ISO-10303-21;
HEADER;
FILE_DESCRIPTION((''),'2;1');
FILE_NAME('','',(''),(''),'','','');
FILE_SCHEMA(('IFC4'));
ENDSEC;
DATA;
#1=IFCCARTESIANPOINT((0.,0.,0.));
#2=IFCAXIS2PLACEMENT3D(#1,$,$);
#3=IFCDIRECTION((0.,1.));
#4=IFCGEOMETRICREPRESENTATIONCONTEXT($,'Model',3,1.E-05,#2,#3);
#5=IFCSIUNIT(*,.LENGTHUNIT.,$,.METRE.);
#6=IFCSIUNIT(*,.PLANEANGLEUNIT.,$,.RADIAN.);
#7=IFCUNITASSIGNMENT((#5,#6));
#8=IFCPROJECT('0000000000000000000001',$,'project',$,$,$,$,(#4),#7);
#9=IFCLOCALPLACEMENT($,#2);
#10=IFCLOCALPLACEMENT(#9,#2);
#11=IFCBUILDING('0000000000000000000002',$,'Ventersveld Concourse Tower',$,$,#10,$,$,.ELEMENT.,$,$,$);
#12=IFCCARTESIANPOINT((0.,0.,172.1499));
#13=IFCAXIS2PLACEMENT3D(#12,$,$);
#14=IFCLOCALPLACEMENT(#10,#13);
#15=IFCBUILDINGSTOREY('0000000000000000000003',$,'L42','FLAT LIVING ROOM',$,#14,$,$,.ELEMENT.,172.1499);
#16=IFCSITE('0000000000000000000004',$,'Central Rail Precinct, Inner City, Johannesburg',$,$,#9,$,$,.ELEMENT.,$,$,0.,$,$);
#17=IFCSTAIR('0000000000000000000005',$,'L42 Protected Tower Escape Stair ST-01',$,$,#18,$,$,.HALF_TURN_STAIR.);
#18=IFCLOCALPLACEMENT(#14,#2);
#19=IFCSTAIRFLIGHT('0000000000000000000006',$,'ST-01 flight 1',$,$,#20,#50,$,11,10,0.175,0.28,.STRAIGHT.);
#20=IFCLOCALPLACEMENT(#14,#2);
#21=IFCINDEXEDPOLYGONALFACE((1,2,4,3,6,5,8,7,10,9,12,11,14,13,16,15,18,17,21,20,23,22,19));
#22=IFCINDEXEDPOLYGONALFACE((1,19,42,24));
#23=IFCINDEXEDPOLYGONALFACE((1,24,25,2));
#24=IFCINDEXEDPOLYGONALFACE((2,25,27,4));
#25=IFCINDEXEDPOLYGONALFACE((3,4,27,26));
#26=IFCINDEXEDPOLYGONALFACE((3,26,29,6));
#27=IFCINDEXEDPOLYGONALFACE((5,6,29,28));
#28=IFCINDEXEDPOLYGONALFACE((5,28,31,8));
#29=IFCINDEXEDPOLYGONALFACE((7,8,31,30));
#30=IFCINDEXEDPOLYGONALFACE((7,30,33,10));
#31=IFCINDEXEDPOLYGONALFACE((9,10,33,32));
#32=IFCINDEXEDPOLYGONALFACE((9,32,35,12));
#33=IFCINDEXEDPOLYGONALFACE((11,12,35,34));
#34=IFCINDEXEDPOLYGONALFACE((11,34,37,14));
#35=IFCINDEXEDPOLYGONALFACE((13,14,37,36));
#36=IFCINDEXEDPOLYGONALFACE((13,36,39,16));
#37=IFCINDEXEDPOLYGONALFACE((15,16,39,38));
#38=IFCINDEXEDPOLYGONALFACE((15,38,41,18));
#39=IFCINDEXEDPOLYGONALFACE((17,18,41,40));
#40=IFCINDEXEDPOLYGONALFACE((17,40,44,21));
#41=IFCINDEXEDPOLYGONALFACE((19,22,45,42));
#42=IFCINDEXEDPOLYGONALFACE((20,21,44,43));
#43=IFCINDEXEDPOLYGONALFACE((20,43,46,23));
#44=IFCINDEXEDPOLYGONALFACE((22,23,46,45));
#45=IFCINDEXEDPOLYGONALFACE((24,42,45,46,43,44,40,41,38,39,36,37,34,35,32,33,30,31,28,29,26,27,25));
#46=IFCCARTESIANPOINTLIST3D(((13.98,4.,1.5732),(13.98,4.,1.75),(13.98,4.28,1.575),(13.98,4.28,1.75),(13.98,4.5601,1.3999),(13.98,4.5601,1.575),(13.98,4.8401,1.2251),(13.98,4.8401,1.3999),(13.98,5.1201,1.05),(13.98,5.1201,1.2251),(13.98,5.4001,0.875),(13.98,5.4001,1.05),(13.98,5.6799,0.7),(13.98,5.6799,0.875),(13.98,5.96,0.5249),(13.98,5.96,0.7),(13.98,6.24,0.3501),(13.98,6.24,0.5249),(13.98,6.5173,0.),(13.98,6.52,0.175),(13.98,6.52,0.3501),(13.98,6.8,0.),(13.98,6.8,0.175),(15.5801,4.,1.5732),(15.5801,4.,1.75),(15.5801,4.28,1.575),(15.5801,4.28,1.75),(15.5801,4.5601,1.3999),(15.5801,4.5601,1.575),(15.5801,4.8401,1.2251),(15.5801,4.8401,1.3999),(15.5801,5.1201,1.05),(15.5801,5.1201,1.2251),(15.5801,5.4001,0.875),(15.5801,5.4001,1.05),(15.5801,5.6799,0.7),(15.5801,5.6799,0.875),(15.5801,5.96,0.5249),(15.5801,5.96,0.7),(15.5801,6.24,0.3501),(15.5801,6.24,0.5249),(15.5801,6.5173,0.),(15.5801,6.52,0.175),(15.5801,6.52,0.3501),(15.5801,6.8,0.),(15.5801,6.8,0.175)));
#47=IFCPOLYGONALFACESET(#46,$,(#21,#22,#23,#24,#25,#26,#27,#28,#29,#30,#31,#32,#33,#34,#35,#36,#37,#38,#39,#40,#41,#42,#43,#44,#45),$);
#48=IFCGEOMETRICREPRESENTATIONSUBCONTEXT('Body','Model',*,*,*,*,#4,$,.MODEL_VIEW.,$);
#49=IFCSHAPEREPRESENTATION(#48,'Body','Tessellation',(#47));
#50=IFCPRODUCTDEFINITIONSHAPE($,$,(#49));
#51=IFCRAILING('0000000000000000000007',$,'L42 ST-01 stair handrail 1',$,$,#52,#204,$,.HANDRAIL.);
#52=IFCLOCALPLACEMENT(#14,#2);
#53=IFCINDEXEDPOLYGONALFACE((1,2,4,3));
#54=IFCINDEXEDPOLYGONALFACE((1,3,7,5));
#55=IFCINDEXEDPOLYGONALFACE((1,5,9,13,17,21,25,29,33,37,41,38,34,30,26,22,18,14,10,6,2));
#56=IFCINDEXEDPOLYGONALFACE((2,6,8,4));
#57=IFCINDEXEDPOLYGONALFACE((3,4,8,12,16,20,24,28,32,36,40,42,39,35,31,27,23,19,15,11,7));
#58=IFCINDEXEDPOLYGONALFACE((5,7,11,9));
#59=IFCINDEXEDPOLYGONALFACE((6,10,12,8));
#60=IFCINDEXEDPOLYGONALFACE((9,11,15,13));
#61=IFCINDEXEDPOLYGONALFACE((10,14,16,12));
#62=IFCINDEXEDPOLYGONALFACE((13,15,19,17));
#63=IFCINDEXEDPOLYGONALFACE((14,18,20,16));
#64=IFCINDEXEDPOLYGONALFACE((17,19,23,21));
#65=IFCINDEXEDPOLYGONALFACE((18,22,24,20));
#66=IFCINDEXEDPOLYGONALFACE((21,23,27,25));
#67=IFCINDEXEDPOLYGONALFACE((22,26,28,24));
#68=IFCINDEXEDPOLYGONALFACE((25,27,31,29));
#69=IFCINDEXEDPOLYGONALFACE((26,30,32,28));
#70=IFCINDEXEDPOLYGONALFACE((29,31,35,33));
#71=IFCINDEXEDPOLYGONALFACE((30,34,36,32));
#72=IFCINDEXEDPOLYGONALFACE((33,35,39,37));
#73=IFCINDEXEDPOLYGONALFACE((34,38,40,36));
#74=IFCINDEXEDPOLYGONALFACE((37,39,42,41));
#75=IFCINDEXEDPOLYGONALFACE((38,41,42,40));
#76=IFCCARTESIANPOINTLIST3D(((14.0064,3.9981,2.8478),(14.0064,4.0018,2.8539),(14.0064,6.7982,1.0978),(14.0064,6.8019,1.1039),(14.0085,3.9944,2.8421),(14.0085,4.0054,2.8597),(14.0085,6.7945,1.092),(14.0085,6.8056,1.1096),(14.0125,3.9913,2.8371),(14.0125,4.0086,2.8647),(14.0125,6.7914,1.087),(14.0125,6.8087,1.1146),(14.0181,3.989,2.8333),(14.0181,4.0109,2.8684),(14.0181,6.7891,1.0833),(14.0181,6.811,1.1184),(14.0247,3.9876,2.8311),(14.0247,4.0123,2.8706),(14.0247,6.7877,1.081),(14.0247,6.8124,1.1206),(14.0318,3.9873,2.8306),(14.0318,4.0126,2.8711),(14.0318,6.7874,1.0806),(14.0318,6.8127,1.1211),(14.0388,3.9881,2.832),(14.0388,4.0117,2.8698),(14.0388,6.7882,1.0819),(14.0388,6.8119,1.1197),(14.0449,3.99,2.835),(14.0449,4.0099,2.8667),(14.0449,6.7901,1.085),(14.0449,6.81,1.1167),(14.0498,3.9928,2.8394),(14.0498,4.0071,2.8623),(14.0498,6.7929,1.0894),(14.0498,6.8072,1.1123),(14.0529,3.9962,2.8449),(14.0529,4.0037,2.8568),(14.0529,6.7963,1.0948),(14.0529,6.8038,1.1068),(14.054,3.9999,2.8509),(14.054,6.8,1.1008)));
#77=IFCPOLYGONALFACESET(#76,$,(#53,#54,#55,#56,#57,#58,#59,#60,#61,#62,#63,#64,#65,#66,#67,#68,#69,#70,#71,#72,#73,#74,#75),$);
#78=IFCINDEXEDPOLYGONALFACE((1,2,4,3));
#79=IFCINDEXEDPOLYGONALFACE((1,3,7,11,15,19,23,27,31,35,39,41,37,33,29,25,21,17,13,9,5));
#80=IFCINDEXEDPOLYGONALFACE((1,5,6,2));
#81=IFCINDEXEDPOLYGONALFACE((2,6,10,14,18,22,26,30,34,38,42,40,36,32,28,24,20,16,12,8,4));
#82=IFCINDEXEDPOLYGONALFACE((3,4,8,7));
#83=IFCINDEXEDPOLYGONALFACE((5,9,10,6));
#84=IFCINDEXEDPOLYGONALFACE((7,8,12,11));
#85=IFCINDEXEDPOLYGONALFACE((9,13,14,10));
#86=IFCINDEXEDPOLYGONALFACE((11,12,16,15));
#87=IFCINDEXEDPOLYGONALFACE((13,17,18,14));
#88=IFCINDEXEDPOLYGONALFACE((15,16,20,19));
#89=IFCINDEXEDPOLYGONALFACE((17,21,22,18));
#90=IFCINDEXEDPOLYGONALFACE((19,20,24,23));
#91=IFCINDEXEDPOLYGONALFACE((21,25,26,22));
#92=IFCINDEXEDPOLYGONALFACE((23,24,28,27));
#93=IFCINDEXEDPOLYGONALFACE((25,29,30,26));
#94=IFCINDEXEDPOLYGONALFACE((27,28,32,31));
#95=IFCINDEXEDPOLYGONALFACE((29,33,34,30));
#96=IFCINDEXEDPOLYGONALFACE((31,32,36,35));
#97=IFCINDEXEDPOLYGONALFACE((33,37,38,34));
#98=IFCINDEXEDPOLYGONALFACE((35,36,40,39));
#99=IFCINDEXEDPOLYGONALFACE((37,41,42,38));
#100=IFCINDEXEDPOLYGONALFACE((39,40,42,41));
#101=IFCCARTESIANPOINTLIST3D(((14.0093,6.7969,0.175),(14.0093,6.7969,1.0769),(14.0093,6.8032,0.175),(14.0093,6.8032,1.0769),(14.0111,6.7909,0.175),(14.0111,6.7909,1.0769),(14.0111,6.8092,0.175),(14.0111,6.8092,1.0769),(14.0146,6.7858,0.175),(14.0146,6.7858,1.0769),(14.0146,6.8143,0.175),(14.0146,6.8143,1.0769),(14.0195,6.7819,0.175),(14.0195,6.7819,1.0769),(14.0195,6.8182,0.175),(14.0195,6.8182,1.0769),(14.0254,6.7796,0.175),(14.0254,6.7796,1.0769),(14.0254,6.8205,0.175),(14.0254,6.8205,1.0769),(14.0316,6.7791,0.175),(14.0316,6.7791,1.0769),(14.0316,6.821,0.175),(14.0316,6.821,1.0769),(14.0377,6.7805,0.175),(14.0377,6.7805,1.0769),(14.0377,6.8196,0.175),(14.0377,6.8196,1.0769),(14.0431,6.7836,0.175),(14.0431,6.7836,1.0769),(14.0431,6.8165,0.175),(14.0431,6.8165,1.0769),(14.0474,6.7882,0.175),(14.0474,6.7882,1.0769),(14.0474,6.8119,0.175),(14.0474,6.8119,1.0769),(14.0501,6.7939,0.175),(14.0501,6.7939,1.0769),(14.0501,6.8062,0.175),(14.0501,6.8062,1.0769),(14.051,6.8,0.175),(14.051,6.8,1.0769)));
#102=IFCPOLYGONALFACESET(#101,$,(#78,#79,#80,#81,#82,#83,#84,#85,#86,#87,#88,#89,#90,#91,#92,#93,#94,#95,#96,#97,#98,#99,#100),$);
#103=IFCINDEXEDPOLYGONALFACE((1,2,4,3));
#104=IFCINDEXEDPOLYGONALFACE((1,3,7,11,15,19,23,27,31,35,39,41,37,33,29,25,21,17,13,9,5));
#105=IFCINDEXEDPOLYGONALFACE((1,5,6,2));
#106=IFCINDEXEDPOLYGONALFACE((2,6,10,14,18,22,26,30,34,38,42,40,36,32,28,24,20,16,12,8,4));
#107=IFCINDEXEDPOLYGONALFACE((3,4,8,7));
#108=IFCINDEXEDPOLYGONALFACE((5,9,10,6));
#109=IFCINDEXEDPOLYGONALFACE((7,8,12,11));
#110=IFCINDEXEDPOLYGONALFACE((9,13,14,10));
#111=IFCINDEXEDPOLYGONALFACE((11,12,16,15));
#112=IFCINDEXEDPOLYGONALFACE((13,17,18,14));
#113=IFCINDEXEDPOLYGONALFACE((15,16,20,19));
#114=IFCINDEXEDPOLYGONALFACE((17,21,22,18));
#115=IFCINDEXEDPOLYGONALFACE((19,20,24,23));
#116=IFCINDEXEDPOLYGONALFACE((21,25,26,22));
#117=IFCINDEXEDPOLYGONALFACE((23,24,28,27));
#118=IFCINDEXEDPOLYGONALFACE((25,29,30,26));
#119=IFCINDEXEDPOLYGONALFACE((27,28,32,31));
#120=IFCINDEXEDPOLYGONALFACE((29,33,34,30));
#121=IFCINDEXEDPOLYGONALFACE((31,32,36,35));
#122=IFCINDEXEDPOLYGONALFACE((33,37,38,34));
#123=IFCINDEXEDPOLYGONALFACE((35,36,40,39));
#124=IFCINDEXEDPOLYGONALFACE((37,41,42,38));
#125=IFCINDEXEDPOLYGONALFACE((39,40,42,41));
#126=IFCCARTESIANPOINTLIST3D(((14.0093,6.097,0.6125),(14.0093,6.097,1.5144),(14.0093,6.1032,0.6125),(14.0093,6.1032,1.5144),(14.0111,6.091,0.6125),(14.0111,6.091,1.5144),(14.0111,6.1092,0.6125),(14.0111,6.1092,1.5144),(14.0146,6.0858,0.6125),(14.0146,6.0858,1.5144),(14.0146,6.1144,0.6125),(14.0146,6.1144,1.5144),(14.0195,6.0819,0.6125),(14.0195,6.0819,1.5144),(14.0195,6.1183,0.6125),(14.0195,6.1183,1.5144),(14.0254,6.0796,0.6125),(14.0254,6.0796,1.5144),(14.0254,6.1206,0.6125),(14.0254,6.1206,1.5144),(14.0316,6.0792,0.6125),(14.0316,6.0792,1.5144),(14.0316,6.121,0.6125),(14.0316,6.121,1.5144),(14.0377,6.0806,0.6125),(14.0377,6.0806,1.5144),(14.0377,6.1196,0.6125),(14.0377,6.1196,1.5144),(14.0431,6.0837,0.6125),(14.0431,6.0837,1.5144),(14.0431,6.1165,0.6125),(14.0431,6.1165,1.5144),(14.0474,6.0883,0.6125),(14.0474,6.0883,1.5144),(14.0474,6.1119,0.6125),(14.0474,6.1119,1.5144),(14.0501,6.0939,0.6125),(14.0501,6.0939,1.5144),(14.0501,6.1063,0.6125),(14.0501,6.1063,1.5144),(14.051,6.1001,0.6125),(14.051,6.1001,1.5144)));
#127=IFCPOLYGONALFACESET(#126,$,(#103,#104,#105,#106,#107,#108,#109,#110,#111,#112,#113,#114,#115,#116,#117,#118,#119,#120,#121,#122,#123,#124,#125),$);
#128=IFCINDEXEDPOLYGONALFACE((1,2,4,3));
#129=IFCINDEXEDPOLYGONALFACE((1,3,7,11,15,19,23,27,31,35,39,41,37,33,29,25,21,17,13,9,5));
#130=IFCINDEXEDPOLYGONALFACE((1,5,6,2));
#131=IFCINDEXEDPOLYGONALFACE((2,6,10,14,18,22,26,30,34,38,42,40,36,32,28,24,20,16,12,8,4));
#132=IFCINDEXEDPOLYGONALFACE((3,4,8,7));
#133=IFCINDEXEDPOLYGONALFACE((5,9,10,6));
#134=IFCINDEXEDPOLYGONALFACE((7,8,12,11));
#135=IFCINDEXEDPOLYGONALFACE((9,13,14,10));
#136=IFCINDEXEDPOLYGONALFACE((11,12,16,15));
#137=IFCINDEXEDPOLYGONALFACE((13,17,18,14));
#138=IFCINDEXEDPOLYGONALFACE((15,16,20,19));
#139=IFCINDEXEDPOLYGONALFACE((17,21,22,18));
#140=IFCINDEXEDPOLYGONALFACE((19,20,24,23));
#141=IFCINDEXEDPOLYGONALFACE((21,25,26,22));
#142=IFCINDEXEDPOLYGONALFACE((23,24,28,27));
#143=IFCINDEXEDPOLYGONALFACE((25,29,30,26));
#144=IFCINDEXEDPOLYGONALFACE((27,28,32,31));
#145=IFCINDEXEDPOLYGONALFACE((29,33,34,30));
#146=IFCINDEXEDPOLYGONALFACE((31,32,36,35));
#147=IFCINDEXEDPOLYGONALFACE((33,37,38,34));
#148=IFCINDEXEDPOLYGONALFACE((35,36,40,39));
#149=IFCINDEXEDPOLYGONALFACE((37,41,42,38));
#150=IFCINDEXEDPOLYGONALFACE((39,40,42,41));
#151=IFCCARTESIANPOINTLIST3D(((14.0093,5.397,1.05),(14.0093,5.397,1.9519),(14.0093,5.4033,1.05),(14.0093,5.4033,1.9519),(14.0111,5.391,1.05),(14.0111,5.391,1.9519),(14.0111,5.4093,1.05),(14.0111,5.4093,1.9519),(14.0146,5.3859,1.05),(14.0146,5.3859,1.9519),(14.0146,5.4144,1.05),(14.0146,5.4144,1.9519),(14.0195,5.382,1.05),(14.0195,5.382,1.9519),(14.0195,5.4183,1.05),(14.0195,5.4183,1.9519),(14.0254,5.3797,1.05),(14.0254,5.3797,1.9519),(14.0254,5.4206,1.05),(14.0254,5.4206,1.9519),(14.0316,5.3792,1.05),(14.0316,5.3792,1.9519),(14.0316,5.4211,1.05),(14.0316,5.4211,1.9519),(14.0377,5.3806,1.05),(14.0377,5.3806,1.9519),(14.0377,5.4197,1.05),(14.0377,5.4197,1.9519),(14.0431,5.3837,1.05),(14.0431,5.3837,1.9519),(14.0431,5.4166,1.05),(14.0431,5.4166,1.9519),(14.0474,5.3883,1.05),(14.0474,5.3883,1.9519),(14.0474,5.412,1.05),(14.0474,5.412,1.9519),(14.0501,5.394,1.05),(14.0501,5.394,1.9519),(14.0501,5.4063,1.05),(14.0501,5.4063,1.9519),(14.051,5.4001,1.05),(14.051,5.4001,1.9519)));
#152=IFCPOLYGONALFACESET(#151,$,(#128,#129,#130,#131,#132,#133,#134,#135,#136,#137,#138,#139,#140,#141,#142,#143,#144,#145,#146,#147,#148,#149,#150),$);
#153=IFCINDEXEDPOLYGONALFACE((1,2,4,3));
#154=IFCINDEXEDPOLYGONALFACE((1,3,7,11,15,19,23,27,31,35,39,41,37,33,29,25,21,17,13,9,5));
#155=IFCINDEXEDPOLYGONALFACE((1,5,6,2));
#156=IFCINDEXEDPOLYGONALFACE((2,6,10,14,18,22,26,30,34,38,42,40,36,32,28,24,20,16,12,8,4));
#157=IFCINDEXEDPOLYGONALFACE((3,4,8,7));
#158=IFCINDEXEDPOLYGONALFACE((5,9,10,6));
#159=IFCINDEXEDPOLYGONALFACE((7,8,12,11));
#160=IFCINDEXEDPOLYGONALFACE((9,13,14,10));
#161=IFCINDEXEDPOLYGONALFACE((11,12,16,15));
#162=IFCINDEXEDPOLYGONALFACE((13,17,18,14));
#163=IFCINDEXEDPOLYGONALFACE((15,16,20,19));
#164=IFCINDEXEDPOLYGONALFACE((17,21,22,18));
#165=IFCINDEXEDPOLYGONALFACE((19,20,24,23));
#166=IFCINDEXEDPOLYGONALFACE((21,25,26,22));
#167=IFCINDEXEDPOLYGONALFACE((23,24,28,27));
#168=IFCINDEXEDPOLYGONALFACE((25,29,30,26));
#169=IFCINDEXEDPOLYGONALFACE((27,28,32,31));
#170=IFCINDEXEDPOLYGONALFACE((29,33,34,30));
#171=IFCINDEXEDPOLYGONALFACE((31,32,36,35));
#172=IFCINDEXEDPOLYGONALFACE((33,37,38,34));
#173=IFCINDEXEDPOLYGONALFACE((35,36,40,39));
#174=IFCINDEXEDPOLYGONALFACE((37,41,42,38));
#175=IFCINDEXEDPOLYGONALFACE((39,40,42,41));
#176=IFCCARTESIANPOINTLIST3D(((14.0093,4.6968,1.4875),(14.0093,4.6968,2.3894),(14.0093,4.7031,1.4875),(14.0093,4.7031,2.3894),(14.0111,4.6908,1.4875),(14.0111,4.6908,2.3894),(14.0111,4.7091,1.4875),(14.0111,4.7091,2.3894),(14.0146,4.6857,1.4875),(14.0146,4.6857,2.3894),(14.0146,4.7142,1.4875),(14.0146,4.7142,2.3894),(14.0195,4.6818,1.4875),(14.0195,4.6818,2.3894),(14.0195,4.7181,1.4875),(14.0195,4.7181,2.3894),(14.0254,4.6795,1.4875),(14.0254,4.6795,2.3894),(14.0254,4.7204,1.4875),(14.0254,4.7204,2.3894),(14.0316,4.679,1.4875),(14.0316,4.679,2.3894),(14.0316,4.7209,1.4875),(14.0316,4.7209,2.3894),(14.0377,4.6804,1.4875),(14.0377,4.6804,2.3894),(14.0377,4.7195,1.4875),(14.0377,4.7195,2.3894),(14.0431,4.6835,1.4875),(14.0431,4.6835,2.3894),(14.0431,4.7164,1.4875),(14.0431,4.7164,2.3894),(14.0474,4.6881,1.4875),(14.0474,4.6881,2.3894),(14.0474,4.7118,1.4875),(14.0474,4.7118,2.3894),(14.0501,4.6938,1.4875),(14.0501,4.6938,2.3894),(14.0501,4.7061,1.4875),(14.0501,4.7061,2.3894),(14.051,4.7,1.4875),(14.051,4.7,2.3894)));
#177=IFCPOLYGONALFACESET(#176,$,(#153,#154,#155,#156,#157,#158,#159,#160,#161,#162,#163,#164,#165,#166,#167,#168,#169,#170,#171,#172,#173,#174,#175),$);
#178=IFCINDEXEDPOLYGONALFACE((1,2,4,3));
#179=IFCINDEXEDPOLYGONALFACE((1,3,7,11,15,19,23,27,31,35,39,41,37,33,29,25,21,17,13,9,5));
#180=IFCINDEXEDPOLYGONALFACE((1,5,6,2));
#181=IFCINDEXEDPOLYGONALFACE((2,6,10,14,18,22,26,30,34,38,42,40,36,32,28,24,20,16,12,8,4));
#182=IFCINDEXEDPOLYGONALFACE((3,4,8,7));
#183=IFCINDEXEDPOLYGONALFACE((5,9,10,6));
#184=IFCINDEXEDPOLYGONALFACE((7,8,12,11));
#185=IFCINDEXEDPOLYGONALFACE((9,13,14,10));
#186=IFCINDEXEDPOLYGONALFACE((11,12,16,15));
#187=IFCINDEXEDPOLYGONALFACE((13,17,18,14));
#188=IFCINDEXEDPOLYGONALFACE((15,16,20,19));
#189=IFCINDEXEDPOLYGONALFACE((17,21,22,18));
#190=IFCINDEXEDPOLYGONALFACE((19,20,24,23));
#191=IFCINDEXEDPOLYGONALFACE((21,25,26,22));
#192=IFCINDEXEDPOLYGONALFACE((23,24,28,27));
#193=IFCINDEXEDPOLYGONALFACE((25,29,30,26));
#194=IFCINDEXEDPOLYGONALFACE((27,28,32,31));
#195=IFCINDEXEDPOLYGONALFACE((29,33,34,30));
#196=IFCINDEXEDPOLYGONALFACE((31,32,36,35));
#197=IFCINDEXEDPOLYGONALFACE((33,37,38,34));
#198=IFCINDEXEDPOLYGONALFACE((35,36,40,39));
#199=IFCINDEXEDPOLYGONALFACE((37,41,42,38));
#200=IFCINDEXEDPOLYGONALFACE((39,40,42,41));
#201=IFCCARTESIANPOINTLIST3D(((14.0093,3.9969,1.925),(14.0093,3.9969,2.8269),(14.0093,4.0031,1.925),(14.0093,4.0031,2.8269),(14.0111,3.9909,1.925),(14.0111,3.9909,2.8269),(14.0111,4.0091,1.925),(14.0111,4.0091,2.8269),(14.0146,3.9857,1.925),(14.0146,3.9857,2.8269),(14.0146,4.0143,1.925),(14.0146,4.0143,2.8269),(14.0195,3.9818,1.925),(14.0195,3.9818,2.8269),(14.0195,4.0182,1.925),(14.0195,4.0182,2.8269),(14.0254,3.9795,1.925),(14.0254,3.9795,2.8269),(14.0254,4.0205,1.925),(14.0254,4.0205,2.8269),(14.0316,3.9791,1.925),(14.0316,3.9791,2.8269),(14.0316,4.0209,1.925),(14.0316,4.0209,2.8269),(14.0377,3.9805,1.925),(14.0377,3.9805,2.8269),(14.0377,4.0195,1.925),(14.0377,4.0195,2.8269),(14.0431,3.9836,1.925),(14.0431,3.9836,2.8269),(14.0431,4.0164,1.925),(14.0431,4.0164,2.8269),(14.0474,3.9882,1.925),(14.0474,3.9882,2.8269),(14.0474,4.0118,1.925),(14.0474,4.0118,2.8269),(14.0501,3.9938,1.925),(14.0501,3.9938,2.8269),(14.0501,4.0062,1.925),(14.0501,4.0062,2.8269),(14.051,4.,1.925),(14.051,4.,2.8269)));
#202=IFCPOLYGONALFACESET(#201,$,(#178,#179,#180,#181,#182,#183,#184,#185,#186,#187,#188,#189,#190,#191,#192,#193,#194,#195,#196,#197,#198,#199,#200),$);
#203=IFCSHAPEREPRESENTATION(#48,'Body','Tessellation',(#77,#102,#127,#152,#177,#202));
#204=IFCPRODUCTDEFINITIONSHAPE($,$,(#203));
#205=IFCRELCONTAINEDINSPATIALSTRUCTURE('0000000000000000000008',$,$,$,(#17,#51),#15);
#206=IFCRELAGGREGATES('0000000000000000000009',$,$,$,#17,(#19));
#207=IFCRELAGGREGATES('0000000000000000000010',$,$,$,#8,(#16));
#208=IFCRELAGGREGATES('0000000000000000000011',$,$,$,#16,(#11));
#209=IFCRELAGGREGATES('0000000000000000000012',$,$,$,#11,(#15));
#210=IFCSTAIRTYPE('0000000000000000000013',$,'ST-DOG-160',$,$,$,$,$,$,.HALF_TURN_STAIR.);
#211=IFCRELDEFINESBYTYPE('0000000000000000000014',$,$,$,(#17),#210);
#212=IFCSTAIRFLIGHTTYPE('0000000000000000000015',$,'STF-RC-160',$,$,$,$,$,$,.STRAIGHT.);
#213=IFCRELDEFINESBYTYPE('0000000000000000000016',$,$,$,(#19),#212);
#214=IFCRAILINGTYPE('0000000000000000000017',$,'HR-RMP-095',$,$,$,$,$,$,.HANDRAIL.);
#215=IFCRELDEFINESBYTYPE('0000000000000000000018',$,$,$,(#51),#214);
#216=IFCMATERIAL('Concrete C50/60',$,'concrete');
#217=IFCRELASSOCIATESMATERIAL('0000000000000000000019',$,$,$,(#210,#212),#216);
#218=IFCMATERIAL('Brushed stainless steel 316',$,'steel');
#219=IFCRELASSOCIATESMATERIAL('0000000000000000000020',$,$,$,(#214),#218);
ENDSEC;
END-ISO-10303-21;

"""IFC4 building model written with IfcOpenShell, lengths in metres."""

from ifc_helpers import new_model, si_unit, direction, frame, origin, origin_2d, place, context, subcontext, project, spatial, polyline, circle, outline, extrude, material, type_object, element, aggregate, save


model = new_model("IFC4")

# Units and contexts
model_context = context("Model", 3, precision=1e-05, world=origin(), true_north=direction((0.0, 1.0)))
body_context = subcontext(model_context, "Body", "Model", "MODEL_VIEW")
ifc_project = project(units=[si_unit("LENGTHUNIT", "METRE"), si_unit("PLANEANGLEUNIT", "RADIAN")], contexts=[model_context])

# Site, building, storey
site_placement = place(None, origin())
site = spatial("IfcSite", under=ifc_project, at=site_placement, Name="Central Rail Precinct, Inner City, Johannesburg", CompositionType="ELEMENT", RefElevation=0.0)
building_placement = place(site_placement, origin())
building = spatial("IfcBuilding", under=site, at=building_placement, Name="Ventersveld Concourse Tower", CompositionType="ELEMENT")
storey_placement = place(building_placement, frame((0.0, 0.0, 172.1499)))
storey = spatial("IfcBuildingStorey", under=building, at=storey_placement, Name="L42", Description="FLAT LIVING ROOM", CompositionType="ELEMENT", Elevation=172.1499)

# Shared definitions
ifc_material_1 = material(Name="Concrete C50/60", Category="concrete")

# Stair, stair flight
stair_type = type_object("IfcStairType", Name="ST-DOG-160", PredefinedType="HALF_TURN_STAIR", material=ifc_material_1)
stair_placement = place(storey_placement, origin())
stair = element("IfcStair", 1, at=stair_placement, inside=storey, type_object=stair_type, Name="L42 Protected Tower Escape Stair ST-01", PredefinedType="HALF_TURN_STAIR")
stair_flight_type = type_object("IfcStairFlightType", Name="STF-RC-160", PredefinedType="STRAIGHT", material=ifc_material_1)
stair_flight_placement = place(storey_placement, frame((14.78, 6.8, 0.0), z_axis=(0.0, 0.0, 1.0), x_axis=(0.0, -1.0, 0.0)))
stair_flight = element("IfcStairFlight", 2, at=stair_flight_placement, type_object=stair_flight_type, Name="ST-01 flight 1", NumberOfRisers=11, NumberOfTreads=10, PredefinedType="STRAIGHT", RiserHeight=0.175, TreadLength=0.28, context=body_context, shape_type="SweptSolid", body=[
    extrude(outline(polyline([(0.0, 0.0), (0.0, 0.175), (0.28, 0.175), (0.28, 0.3501), (0.5601, 0.3501), (0.5601, 0.5249), (0.8401, 0.5249), (0.8401, 0.7), (1.1201, 0.7), (1.1201, 0.875), (1.3999, 0.875), (1.3999, 1.05), (1.6799, 1.05), (1.6799, 1.2251), (1.96, 1.2251), (1.96, 1.3999), (2.24, 1.3999), (2.24, 1.575), (2.52, 1.575), (2.52, 1.75), (2.8, 1.75), (2.8, 1.925), (2.8, 1.5732), (0.2827, 0.0), (0.0, 0.0)])), frame((0.0, 0.8, 0.0), z_axis=(0.0, -1.0, 0.0), x_axis=(1.0, 0.0, 0.0)), (0.0, 0.0, 1.0), 1.6001),
])
aggregate(stair, [stair_flight])

# Railing
ifc_material_2 = material(Name="Brushed stainless steel 316", Category="steel")
railing_type = type_object("IfcRailingType", Name="HR-RMP-095", PredefinedType="HANDRAIL", material=ifc_material_2)
railing_placement = place(storey_placement, frame((14.03, 6.8, 0.175)))
element("IfcRailing", 3, at=railing_placement, inside=storey, type_object=railing_type, Name="L42 ST-01 stair handrail 1", PredefinedType="HANDRAIL", context=body_context, shape_type="SweptSolid", body=[
    extrude(circle(Radius=0.0239, at=origin_2d()), frame((0.0, 0.0, 0.9258), z_axis=(0.0, -0.848002, 0.529992), x_axis=(1.0, 0.0, 0.0)), (0.0, 0.0, 1.0), 3.302),
    extrude(circle(Radius=0.021, at=origin_2d()), origin(), (0.0, 0.0, 1.0), 0.9019),
    extrude(circle(Radius=0.021, at=origin_2d()), frame((0.0, -0.7, 0.4375)), (0.0, 0.0, 1.0), 0.9019),
    extrude(circle(Radius=0.021, at=origin_2d()), frame((0.0, -1.3999, 0.875)), (0.0, 0.0, 1.0), 0.9019),
    extrude(circle(Radius=0.021, at=origin_2d()), frame((0.0, -2.1001, 1.3125)), (0.0, 0.0, 1.0), 0.9019),
    extrude(circle(Radius=0.021, at=origin_2d()), frame((0.0, -2.8, 1.75)), (0.0, 0.0, 1.0), 0.9019),
])

save(model, "model.ifc")
